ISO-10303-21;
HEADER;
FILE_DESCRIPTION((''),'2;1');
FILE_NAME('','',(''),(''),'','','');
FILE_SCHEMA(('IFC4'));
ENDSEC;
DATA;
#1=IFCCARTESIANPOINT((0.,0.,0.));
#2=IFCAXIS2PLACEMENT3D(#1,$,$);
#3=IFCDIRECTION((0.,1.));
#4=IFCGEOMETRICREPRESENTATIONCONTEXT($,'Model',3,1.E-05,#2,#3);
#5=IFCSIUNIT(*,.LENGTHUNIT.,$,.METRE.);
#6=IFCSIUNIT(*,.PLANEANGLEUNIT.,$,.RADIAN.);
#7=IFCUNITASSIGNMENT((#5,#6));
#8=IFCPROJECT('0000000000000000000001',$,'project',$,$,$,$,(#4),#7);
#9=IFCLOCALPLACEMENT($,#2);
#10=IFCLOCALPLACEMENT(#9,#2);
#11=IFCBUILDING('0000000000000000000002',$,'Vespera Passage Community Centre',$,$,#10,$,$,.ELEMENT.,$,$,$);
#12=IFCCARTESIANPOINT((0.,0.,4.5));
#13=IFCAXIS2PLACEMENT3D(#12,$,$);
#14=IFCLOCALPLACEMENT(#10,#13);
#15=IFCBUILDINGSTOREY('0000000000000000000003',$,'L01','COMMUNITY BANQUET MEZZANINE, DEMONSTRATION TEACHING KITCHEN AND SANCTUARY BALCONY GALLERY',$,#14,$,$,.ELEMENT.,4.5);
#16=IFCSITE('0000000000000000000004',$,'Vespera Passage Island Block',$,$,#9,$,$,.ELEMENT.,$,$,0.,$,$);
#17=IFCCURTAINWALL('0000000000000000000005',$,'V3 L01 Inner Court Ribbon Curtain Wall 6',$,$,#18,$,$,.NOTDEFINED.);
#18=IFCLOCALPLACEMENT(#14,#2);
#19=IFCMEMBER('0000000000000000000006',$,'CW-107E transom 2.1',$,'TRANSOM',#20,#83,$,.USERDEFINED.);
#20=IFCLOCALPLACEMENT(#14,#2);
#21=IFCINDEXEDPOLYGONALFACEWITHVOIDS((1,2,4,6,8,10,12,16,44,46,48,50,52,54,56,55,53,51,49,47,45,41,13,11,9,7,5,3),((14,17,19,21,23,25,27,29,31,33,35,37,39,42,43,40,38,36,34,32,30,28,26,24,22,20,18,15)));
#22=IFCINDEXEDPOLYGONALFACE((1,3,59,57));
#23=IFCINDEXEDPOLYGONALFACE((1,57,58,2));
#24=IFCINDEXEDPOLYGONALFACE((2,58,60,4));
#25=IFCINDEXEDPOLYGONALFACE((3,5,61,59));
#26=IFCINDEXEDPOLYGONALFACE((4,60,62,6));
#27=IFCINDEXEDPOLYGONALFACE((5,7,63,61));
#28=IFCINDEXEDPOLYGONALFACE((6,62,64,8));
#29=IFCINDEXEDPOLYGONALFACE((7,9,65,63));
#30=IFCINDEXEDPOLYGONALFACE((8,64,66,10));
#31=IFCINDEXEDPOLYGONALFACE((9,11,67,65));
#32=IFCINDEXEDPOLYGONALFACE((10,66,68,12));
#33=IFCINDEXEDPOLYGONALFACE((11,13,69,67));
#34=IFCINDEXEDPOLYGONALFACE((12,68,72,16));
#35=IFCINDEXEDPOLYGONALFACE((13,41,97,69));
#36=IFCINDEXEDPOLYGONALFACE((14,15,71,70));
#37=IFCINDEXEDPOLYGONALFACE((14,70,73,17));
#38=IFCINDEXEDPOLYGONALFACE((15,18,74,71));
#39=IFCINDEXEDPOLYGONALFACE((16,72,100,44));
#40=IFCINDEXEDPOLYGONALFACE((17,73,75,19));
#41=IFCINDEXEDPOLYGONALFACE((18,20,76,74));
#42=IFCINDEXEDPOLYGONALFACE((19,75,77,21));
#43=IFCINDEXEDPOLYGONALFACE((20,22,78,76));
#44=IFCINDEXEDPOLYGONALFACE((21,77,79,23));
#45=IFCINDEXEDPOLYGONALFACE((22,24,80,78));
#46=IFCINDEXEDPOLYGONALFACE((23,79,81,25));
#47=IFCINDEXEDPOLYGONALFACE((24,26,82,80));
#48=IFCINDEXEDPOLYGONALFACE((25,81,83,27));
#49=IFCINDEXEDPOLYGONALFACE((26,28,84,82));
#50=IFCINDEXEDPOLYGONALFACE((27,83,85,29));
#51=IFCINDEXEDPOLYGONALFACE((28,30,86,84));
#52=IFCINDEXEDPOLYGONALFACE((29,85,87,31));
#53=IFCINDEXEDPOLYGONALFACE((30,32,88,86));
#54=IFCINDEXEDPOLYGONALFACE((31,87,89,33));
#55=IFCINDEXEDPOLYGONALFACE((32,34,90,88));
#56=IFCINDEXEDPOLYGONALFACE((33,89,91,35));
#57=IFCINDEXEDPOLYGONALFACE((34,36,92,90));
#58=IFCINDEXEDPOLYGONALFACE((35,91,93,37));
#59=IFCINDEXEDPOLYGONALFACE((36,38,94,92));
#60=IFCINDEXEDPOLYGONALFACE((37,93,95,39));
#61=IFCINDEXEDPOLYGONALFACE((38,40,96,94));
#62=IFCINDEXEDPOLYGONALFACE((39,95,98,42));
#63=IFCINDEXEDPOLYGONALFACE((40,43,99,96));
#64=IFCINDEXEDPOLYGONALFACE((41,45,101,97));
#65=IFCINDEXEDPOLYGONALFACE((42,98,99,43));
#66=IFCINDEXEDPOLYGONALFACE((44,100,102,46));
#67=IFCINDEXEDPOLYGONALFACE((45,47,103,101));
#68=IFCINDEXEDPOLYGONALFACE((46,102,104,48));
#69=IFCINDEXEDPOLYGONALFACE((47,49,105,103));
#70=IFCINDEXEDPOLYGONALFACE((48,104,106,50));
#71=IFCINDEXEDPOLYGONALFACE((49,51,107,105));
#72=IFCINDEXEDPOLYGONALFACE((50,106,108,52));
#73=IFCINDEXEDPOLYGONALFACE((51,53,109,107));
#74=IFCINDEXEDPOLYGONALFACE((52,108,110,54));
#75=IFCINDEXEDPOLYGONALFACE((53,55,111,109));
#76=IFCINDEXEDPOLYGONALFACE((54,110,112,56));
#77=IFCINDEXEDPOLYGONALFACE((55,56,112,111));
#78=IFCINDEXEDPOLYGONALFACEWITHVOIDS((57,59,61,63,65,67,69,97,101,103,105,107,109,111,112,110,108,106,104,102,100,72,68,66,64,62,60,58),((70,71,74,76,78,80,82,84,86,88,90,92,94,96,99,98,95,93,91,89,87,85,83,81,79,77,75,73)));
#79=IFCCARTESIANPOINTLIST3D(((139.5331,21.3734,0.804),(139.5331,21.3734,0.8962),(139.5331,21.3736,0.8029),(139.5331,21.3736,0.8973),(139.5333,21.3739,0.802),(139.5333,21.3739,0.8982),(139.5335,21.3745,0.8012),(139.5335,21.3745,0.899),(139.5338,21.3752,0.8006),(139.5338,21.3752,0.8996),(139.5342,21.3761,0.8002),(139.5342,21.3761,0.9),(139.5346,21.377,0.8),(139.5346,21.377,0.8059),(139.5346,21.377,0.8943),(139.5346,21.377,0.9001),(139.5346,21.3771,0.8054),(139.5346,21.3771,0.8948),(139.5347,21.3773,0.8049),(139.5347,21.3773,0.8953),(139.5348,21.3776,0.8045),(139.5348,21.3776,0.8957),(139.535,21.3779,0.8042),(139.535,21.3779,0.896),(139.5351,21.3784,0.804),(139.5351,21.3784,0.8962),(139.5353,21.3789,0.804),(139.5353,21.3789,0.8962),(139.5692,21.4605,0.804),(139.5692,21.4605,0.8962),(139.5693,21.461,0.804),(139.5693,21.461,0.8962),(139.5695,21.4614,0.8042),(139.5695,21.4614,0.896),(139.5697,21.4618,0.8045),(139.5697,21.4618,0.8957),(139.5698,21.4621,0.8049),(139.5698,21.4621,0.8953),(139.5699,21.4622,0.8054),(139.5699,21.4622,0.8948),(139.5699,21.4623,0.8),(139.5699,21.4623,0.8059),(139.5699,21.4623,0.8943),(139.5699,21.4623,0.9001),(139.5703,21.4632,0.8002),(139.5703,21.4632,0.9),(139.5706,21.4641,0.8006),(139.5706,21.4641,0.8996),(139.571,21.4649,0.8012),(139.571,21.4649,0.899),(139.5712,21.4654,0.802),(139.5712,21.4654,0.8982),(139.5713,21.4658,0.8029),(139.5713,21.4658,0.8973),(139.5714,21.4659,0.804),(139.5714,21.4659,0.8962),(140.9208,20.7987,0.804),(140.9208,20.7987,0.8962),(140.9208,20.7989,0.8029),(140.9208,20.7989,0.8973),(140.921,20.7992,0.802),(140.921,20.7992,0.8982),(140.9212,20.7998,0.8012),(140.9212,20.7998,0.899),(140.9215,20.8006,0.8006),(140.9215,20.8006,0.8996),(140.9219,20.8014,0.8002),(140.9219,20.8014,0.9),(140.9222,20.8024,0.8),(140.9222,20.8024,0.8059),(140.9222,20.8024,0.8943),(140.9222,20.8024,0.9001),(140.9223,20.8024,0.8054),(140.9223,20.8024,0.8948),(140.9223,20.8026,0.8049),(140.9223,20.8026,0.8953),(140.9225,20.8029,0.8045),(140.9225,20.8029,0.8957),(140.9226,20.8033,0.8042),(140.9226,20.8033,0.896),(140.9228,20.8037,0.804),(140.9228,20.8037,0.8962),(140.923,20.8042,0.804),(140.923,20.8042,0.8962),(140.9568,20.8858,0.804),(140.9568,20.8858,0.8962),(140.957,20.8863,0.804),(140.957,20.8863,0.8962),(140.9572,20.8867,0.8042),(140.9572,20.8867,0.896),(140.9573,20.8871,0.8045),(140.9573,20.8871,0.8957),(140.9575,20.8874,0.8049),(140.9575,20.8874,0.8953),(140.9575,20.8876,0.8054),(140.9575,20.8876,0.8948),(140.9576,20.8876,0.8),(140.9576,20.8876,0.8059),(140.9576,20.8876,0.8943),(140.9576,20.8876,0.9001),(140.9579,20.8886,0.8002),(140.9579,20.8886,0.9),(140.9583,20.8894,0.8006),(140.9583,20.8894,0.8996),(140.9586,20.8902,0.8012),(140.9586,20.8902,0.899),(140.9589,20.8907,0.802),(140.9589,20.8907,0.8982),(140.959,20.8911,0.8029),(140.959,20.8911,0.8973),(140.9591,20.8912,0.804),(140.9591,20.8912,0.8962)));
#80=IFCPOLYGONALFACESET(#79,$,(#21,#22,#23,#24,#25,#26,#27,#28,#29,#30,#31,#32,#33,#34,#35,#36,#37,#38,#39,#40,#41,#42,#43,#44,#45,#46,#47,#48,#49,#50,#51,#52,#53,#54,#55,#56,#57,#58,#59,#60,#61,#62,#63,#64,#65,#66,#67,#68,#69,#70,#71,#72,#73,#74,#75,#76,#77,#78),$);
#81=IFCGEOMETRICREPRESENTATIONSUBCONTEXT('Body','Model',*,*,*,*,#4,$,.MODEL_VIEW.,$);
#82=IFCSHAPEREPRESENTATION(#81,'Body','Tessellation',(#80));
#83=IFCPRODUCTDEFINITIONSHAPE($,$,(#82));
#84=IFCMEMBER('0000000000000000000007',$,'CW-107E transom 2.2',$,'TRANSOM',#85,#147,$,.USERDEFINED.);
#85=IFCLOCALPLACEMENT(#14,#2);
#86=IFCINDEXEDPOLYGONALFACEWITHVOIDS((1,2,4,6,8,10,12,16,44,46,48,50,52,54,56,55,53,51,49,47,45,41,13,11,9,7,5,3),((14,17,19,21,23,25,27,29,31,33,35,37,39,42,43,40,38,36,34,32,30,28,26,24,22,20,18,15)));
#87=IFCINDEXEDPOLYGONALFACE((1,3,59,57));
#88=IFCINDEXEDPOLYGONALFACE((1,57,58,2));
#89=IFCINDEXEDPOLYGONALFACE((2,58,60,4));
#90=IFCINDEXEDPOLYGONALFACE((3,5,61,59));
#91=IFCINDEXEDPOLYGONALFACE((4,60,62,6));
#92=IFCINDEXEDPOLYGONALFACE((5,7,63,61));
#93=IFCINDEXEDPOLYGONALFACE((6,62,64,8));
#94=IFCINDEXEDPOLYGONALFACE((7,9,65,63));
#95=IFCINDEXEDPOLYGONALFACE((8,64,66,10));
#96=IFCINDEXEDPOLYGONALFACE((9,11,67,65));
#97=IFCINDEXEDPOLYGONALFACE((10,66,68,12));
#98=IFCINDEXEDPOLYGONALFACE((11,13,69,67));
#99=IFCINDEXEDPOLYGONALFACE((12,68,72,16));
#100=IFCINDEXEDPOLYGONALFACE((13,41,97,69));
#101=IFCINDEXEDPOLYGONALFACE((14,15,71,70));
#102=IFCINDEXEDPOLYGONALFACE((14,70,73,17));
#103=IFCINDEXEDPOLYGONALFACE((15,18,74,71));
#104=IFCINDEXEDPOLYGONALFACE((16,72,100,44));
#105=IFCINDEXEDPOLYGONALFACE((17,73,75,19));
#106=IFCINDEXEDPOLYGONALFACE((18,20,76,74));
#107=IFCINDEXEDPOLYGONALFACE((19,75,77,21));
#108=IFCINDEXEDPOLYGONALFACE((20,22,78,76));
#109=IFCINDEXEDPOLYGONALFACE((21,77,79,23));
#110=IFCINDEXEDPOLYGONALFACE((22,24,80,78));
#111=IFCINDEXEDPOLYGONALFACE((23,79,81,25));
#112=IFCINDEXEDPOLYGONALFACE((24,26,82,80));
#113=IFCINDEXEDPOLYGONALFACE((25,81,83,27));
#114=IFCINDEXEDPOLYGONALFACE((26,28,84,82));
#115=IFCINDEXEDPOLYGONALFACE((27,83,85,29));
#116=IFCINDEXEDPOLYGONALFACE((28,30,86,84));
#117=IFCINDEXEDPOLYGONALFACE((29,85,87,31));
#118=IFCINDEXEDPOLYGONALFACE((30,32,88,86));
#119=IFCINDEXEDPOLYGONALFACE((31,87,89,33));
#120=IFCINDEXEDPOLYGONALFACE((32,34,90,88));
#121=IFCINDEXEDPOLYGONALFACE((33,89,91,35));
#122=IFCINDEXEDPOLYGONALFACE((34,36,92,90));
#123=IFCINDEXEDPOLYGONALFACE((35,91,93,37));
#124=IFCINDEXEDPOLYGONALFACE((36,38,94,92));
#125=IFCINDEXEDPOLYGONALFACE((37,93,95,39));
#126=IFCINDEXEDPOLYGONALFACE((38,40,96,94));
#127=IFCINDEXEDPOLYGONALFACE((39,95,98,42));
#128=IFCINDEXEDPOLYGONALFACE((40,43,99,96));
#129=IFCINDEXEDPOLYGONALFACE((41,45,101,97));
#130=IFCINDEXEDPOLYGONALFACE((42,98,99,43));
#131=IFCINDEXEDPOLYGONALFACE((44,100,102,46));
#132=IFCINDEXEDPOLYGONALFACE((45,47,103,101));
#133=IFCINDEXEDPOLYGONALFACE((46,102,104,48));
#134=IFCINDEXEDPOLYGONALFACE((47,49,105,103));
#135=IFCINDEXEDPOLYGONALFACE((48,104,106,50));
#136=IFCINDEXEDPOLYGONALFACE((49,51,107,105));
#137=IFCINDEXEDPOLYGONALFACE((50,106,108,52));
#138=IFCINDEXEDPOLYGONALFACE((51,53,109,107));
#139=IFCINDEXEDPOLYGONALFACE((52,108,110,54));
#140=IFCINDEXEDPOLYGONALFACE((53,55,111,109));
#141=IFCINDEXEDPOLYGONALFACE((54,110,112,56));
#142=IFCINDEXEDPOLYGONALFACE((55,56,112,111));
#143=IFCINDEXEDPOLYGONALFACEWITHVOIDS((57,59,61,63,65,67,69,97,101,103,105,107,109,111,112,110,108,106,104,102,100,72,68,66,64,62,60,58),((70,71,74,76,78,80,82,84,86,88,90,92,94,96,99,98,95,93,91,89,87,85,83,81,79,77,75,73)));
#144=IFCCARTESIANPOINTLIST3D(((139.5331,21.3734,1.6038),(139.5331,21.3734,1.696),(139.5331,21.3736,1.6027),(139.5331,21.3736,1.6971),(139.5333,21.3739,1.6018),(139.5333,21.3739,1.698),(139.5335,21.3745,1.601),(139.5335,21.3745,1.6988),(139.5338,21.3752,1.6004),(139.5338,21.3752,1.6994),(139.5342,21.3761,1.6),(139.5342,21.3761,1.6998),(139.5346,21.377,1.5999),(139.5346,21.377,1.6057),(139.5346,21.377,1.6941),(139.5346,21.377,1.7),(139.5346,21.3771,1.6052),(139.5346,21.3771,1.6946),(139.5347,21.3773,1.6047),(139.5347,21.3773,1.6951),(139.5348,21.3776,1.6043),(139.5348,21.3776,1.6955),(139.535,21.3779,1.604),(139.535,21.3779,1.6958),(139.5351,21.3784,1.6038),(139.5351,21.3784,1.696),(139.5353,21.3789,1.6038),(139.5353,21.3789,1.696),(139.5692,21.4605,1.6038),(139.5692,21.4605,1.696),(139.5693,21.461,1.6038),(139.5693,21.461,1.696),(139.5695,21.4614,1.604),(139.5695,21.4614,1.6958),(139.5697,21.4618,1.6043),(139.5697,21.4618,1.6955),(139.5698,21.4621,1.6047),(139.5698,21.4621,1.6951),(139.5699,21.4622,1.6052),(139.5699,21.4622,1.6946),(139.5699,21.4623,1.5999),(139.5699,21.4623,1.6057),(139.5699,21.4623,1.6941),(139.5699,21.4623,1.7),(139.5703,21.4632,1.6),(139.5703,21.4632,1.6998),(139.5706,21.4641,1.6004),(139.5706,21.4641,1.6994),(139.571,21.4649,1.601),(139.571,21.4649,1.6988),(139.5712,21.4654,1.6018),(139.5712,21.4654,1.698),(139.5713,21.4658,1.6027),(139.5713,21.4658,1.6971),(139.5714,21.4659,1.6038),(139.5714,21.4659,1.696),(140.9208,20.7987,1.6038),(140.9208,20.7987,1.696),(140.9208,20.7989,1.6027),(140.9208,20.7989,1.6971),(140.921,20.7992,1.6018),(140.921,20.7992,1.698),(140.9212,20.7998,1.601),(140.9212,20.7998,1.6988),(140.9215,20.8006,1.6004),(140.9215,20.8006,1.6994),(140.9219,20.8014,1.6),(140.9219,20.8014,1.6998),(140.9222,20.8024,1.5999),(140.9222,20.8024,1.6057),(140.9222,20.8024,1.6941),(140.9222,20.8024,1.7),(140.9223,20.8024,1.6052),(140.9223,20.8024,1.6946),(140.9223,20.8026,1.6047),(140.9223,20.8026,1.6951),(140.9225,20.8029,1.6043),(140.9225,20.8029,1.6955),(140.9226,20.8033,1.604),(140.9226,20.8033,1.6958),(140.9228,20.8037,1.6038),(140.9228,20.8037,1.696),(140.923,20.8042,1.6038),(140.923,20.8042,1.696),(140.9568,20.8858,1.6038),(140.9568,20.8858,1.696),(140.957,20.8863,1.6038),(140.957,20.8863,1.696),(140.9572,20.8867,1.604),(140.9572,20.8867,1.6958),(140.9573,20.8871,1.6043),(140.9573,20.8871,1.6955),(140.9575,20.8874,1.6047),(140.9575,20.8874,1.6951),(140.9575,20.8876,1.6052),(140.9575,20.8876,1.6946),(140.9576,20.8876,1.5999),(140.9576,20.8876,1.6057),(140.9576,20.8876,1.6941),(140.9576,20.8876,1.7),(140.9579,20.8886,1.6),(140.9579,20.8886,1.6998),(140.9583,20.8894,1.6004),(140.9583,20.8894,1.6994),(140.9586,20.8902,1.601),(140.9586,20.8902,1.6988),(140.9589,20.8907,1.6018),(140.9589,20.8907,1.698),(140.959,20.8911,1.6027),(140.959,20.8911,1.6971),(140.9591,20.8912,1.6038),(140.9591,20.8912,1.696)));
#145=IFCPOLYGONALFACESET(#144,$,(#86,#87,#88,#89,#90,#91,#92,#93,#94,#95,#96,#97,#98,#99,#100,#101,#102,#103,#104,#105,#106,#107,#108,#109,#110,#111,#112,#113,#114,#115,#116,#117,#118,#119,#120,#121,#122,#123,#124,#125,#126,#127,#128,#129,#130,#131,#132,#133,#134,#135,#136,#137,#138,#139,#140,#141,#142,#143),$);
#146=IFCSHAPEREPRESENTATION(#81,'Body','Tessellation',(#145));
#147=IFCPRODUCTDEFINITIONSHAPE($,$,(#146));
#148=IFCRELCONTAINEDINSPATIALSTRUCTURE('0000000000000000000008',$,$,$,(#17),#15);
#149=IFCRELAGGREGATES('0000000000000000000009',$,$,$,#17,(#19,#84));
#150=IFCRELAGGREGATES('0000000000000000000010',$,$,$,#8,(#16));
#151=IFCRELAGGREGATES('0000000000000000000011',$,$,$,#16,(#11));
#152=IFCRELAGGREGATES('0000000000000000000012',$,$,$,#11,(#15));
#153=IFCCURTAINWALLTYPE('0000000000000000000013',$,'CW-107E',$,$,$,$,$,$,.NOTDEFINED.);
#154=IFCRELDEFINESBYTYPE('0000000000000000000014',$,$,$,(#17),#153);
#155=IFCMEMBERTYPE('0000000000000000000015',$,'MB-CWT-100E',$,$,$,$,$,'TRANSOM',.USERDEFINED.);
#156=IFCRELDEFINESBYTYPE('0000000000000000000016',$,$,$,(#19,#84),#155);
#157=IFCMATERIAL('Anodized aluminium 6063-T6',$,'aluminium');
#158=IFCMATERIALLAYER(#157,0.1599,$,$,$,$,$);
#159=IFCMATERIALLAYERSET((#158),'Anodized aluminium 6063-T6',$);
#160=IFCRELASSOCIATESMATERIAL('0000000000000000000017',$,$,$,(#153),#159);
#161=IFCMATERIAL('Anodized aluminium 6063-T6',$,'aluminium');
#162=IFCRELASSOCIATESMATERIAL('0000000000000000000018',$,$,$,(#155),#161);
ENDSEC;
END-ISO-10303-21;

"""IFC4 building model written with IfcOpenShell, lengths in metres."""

from ifc_helpers import new_model, si_unit, direction, frame, origin, origin_2d, place, context, subcontext, project, spatial, hollow_rectangle, extrude, material, layer, layer_set, material_profile, profile_set, type_object, element, aggregate, save


model = new_model("IFC4")

# Units and contexts
model_context = context("Model", 3, precision=1e-05, world=origin(), true_north=direction((0.0, 1.0)))
body_context = subcontext(model_context, "Body", "Model", "MODEL_VIEW")
ifc_project = project(units=[si_unit("LENGTHUNIT", "METRE"), si_unit("PLANEANGLEUNIT", "RADIAN")], contexts=[model_context])

# Site, building, storey
site_placement = place(None, origin())
site = spatial("IfcSite", under=ifc_project, at=site_placement, Name="Vespera Passage Island Block", CompositionType="ELEMENT", RefElevation=0.0)
building_placement = place(site_placement, origin())
building = spatial("IfcBuilding", under=site, at=building_placement, Name="Vespera Passage Community Centre", CompositionType="ELEMENT")
storey_placement = place(building_placement, frame((0.0, 0.0, 4.5)))
storey = spatial("IfcBuildingStorey", under=building, at=storey_placement, Name="L01", Description="COMMUNITY BANQUET MEZZANINE, DEMONSTRATION TEACHING KITCHEN AND SANCTUARY BALCONY GALLERY", CompositionType="ELEMENT", Elevation=4.5)

# Shared definitions
ifc_material_1 = material(Name="Anodized aluminium 6063-T6", Category="aluminium")
ifc_layer_1 = layer(ifc_material_1, 0.1599)
ifc_layer_set_1 = layer_set([ifc_layer_1], Name="Anodized aluminium 6063-T6")
curtain_wall_type = type_object("IfcCurtainWallType", Name="CW-107E", PredefinedType="NOTDEFINED", material=ifc_layer_set_1)

# Curtain wall, members
curtain_wall_1_placement = place(storey_placement, origin())
curtain_wall_1 = element("IfcCurtainWall", 1, at=curtain_wall_1_placement, inside=storey, type_object=curtain_wall_type, Name="V3 L01 Inner Court Ribbon Curtain Wall 6", PredefinedType="NOTDEFINED")
ifc_material_2 = material(Name="Anodized aluminium 6063-T6", Category="aluminium")
ifc_material_profile_1 = material_profile(ifc_material_2, hollow_rectangle(XDim=0.1001, YDim=0.1001, WallThickness=0.0039, InnerFilletRadius=0.002, OuterFilletRadius=0.0039, at=origin_2d()), Name="ALU100X100X4")
ifc_profile_set_1 = profile_set([ifc_material_profile_1], Name="Anodized aluminium 6063-T6")
member_type_1 = type_object("IfcMemberType", Name="MB-CWT-100E", ElementType="TRANSOM", PredefinedType="USERDEFINED", material=ifc_profile_set_1)
member_1_placement = place(storey_placement, frame((139.5522, 21.4197, 0.8501), z_axis=(0.923902, -0.382629, 0.0), x_axis=(0.382629, 0.923902, 0.0)))
member_1 = element("IfcMember", 2, at=member_1_placement, type_object=member_type_1, Name="CW-107E transom 2.1", ObjectType="TRANSOM", PredefinedType="USERDEFINED", context=body_context, shape_type="SweptSolid", body=[
    extrude(hollow_rectangle(XDim=0.1001, YDim=0.1001, WallThickness=0.0039, InnerFilletRadius=0.002, OuterFilletRadius=0.0039, at=origin_2d()), origin(), (0.0, 0.0, 1.0), 1.502),
])
member_2_placement = place(storey_placement, frame((139.5522, 21.4197, 1.6499), z_axis=(0.923902, -0.382629, 0.0), x_axis=(0.382629, 0.923902, 0.0)))
member_2 = element("IfcMember", 3, at=member_2_placement, type_object=member_type_1, Name="CW-107E transom 2.2", ObjectType="TRANSOM", PredefinedType="USERDEFINED", context=body_context, shape_type="SweptSolid", body=[
    extrude(hollow_rectangle(XDim=0.1001, YDim=0.1001, WallThickness=0.0039, InnerFilletRadius=0.002, OuterFilletRadius=0.0039, at=origin_2d()), origin(), (0.0, 0.0, 1.0), 1.502),
])

aggregate(curtain_wall_1, [member_1, member_2])

save(model, "model.ifc")
